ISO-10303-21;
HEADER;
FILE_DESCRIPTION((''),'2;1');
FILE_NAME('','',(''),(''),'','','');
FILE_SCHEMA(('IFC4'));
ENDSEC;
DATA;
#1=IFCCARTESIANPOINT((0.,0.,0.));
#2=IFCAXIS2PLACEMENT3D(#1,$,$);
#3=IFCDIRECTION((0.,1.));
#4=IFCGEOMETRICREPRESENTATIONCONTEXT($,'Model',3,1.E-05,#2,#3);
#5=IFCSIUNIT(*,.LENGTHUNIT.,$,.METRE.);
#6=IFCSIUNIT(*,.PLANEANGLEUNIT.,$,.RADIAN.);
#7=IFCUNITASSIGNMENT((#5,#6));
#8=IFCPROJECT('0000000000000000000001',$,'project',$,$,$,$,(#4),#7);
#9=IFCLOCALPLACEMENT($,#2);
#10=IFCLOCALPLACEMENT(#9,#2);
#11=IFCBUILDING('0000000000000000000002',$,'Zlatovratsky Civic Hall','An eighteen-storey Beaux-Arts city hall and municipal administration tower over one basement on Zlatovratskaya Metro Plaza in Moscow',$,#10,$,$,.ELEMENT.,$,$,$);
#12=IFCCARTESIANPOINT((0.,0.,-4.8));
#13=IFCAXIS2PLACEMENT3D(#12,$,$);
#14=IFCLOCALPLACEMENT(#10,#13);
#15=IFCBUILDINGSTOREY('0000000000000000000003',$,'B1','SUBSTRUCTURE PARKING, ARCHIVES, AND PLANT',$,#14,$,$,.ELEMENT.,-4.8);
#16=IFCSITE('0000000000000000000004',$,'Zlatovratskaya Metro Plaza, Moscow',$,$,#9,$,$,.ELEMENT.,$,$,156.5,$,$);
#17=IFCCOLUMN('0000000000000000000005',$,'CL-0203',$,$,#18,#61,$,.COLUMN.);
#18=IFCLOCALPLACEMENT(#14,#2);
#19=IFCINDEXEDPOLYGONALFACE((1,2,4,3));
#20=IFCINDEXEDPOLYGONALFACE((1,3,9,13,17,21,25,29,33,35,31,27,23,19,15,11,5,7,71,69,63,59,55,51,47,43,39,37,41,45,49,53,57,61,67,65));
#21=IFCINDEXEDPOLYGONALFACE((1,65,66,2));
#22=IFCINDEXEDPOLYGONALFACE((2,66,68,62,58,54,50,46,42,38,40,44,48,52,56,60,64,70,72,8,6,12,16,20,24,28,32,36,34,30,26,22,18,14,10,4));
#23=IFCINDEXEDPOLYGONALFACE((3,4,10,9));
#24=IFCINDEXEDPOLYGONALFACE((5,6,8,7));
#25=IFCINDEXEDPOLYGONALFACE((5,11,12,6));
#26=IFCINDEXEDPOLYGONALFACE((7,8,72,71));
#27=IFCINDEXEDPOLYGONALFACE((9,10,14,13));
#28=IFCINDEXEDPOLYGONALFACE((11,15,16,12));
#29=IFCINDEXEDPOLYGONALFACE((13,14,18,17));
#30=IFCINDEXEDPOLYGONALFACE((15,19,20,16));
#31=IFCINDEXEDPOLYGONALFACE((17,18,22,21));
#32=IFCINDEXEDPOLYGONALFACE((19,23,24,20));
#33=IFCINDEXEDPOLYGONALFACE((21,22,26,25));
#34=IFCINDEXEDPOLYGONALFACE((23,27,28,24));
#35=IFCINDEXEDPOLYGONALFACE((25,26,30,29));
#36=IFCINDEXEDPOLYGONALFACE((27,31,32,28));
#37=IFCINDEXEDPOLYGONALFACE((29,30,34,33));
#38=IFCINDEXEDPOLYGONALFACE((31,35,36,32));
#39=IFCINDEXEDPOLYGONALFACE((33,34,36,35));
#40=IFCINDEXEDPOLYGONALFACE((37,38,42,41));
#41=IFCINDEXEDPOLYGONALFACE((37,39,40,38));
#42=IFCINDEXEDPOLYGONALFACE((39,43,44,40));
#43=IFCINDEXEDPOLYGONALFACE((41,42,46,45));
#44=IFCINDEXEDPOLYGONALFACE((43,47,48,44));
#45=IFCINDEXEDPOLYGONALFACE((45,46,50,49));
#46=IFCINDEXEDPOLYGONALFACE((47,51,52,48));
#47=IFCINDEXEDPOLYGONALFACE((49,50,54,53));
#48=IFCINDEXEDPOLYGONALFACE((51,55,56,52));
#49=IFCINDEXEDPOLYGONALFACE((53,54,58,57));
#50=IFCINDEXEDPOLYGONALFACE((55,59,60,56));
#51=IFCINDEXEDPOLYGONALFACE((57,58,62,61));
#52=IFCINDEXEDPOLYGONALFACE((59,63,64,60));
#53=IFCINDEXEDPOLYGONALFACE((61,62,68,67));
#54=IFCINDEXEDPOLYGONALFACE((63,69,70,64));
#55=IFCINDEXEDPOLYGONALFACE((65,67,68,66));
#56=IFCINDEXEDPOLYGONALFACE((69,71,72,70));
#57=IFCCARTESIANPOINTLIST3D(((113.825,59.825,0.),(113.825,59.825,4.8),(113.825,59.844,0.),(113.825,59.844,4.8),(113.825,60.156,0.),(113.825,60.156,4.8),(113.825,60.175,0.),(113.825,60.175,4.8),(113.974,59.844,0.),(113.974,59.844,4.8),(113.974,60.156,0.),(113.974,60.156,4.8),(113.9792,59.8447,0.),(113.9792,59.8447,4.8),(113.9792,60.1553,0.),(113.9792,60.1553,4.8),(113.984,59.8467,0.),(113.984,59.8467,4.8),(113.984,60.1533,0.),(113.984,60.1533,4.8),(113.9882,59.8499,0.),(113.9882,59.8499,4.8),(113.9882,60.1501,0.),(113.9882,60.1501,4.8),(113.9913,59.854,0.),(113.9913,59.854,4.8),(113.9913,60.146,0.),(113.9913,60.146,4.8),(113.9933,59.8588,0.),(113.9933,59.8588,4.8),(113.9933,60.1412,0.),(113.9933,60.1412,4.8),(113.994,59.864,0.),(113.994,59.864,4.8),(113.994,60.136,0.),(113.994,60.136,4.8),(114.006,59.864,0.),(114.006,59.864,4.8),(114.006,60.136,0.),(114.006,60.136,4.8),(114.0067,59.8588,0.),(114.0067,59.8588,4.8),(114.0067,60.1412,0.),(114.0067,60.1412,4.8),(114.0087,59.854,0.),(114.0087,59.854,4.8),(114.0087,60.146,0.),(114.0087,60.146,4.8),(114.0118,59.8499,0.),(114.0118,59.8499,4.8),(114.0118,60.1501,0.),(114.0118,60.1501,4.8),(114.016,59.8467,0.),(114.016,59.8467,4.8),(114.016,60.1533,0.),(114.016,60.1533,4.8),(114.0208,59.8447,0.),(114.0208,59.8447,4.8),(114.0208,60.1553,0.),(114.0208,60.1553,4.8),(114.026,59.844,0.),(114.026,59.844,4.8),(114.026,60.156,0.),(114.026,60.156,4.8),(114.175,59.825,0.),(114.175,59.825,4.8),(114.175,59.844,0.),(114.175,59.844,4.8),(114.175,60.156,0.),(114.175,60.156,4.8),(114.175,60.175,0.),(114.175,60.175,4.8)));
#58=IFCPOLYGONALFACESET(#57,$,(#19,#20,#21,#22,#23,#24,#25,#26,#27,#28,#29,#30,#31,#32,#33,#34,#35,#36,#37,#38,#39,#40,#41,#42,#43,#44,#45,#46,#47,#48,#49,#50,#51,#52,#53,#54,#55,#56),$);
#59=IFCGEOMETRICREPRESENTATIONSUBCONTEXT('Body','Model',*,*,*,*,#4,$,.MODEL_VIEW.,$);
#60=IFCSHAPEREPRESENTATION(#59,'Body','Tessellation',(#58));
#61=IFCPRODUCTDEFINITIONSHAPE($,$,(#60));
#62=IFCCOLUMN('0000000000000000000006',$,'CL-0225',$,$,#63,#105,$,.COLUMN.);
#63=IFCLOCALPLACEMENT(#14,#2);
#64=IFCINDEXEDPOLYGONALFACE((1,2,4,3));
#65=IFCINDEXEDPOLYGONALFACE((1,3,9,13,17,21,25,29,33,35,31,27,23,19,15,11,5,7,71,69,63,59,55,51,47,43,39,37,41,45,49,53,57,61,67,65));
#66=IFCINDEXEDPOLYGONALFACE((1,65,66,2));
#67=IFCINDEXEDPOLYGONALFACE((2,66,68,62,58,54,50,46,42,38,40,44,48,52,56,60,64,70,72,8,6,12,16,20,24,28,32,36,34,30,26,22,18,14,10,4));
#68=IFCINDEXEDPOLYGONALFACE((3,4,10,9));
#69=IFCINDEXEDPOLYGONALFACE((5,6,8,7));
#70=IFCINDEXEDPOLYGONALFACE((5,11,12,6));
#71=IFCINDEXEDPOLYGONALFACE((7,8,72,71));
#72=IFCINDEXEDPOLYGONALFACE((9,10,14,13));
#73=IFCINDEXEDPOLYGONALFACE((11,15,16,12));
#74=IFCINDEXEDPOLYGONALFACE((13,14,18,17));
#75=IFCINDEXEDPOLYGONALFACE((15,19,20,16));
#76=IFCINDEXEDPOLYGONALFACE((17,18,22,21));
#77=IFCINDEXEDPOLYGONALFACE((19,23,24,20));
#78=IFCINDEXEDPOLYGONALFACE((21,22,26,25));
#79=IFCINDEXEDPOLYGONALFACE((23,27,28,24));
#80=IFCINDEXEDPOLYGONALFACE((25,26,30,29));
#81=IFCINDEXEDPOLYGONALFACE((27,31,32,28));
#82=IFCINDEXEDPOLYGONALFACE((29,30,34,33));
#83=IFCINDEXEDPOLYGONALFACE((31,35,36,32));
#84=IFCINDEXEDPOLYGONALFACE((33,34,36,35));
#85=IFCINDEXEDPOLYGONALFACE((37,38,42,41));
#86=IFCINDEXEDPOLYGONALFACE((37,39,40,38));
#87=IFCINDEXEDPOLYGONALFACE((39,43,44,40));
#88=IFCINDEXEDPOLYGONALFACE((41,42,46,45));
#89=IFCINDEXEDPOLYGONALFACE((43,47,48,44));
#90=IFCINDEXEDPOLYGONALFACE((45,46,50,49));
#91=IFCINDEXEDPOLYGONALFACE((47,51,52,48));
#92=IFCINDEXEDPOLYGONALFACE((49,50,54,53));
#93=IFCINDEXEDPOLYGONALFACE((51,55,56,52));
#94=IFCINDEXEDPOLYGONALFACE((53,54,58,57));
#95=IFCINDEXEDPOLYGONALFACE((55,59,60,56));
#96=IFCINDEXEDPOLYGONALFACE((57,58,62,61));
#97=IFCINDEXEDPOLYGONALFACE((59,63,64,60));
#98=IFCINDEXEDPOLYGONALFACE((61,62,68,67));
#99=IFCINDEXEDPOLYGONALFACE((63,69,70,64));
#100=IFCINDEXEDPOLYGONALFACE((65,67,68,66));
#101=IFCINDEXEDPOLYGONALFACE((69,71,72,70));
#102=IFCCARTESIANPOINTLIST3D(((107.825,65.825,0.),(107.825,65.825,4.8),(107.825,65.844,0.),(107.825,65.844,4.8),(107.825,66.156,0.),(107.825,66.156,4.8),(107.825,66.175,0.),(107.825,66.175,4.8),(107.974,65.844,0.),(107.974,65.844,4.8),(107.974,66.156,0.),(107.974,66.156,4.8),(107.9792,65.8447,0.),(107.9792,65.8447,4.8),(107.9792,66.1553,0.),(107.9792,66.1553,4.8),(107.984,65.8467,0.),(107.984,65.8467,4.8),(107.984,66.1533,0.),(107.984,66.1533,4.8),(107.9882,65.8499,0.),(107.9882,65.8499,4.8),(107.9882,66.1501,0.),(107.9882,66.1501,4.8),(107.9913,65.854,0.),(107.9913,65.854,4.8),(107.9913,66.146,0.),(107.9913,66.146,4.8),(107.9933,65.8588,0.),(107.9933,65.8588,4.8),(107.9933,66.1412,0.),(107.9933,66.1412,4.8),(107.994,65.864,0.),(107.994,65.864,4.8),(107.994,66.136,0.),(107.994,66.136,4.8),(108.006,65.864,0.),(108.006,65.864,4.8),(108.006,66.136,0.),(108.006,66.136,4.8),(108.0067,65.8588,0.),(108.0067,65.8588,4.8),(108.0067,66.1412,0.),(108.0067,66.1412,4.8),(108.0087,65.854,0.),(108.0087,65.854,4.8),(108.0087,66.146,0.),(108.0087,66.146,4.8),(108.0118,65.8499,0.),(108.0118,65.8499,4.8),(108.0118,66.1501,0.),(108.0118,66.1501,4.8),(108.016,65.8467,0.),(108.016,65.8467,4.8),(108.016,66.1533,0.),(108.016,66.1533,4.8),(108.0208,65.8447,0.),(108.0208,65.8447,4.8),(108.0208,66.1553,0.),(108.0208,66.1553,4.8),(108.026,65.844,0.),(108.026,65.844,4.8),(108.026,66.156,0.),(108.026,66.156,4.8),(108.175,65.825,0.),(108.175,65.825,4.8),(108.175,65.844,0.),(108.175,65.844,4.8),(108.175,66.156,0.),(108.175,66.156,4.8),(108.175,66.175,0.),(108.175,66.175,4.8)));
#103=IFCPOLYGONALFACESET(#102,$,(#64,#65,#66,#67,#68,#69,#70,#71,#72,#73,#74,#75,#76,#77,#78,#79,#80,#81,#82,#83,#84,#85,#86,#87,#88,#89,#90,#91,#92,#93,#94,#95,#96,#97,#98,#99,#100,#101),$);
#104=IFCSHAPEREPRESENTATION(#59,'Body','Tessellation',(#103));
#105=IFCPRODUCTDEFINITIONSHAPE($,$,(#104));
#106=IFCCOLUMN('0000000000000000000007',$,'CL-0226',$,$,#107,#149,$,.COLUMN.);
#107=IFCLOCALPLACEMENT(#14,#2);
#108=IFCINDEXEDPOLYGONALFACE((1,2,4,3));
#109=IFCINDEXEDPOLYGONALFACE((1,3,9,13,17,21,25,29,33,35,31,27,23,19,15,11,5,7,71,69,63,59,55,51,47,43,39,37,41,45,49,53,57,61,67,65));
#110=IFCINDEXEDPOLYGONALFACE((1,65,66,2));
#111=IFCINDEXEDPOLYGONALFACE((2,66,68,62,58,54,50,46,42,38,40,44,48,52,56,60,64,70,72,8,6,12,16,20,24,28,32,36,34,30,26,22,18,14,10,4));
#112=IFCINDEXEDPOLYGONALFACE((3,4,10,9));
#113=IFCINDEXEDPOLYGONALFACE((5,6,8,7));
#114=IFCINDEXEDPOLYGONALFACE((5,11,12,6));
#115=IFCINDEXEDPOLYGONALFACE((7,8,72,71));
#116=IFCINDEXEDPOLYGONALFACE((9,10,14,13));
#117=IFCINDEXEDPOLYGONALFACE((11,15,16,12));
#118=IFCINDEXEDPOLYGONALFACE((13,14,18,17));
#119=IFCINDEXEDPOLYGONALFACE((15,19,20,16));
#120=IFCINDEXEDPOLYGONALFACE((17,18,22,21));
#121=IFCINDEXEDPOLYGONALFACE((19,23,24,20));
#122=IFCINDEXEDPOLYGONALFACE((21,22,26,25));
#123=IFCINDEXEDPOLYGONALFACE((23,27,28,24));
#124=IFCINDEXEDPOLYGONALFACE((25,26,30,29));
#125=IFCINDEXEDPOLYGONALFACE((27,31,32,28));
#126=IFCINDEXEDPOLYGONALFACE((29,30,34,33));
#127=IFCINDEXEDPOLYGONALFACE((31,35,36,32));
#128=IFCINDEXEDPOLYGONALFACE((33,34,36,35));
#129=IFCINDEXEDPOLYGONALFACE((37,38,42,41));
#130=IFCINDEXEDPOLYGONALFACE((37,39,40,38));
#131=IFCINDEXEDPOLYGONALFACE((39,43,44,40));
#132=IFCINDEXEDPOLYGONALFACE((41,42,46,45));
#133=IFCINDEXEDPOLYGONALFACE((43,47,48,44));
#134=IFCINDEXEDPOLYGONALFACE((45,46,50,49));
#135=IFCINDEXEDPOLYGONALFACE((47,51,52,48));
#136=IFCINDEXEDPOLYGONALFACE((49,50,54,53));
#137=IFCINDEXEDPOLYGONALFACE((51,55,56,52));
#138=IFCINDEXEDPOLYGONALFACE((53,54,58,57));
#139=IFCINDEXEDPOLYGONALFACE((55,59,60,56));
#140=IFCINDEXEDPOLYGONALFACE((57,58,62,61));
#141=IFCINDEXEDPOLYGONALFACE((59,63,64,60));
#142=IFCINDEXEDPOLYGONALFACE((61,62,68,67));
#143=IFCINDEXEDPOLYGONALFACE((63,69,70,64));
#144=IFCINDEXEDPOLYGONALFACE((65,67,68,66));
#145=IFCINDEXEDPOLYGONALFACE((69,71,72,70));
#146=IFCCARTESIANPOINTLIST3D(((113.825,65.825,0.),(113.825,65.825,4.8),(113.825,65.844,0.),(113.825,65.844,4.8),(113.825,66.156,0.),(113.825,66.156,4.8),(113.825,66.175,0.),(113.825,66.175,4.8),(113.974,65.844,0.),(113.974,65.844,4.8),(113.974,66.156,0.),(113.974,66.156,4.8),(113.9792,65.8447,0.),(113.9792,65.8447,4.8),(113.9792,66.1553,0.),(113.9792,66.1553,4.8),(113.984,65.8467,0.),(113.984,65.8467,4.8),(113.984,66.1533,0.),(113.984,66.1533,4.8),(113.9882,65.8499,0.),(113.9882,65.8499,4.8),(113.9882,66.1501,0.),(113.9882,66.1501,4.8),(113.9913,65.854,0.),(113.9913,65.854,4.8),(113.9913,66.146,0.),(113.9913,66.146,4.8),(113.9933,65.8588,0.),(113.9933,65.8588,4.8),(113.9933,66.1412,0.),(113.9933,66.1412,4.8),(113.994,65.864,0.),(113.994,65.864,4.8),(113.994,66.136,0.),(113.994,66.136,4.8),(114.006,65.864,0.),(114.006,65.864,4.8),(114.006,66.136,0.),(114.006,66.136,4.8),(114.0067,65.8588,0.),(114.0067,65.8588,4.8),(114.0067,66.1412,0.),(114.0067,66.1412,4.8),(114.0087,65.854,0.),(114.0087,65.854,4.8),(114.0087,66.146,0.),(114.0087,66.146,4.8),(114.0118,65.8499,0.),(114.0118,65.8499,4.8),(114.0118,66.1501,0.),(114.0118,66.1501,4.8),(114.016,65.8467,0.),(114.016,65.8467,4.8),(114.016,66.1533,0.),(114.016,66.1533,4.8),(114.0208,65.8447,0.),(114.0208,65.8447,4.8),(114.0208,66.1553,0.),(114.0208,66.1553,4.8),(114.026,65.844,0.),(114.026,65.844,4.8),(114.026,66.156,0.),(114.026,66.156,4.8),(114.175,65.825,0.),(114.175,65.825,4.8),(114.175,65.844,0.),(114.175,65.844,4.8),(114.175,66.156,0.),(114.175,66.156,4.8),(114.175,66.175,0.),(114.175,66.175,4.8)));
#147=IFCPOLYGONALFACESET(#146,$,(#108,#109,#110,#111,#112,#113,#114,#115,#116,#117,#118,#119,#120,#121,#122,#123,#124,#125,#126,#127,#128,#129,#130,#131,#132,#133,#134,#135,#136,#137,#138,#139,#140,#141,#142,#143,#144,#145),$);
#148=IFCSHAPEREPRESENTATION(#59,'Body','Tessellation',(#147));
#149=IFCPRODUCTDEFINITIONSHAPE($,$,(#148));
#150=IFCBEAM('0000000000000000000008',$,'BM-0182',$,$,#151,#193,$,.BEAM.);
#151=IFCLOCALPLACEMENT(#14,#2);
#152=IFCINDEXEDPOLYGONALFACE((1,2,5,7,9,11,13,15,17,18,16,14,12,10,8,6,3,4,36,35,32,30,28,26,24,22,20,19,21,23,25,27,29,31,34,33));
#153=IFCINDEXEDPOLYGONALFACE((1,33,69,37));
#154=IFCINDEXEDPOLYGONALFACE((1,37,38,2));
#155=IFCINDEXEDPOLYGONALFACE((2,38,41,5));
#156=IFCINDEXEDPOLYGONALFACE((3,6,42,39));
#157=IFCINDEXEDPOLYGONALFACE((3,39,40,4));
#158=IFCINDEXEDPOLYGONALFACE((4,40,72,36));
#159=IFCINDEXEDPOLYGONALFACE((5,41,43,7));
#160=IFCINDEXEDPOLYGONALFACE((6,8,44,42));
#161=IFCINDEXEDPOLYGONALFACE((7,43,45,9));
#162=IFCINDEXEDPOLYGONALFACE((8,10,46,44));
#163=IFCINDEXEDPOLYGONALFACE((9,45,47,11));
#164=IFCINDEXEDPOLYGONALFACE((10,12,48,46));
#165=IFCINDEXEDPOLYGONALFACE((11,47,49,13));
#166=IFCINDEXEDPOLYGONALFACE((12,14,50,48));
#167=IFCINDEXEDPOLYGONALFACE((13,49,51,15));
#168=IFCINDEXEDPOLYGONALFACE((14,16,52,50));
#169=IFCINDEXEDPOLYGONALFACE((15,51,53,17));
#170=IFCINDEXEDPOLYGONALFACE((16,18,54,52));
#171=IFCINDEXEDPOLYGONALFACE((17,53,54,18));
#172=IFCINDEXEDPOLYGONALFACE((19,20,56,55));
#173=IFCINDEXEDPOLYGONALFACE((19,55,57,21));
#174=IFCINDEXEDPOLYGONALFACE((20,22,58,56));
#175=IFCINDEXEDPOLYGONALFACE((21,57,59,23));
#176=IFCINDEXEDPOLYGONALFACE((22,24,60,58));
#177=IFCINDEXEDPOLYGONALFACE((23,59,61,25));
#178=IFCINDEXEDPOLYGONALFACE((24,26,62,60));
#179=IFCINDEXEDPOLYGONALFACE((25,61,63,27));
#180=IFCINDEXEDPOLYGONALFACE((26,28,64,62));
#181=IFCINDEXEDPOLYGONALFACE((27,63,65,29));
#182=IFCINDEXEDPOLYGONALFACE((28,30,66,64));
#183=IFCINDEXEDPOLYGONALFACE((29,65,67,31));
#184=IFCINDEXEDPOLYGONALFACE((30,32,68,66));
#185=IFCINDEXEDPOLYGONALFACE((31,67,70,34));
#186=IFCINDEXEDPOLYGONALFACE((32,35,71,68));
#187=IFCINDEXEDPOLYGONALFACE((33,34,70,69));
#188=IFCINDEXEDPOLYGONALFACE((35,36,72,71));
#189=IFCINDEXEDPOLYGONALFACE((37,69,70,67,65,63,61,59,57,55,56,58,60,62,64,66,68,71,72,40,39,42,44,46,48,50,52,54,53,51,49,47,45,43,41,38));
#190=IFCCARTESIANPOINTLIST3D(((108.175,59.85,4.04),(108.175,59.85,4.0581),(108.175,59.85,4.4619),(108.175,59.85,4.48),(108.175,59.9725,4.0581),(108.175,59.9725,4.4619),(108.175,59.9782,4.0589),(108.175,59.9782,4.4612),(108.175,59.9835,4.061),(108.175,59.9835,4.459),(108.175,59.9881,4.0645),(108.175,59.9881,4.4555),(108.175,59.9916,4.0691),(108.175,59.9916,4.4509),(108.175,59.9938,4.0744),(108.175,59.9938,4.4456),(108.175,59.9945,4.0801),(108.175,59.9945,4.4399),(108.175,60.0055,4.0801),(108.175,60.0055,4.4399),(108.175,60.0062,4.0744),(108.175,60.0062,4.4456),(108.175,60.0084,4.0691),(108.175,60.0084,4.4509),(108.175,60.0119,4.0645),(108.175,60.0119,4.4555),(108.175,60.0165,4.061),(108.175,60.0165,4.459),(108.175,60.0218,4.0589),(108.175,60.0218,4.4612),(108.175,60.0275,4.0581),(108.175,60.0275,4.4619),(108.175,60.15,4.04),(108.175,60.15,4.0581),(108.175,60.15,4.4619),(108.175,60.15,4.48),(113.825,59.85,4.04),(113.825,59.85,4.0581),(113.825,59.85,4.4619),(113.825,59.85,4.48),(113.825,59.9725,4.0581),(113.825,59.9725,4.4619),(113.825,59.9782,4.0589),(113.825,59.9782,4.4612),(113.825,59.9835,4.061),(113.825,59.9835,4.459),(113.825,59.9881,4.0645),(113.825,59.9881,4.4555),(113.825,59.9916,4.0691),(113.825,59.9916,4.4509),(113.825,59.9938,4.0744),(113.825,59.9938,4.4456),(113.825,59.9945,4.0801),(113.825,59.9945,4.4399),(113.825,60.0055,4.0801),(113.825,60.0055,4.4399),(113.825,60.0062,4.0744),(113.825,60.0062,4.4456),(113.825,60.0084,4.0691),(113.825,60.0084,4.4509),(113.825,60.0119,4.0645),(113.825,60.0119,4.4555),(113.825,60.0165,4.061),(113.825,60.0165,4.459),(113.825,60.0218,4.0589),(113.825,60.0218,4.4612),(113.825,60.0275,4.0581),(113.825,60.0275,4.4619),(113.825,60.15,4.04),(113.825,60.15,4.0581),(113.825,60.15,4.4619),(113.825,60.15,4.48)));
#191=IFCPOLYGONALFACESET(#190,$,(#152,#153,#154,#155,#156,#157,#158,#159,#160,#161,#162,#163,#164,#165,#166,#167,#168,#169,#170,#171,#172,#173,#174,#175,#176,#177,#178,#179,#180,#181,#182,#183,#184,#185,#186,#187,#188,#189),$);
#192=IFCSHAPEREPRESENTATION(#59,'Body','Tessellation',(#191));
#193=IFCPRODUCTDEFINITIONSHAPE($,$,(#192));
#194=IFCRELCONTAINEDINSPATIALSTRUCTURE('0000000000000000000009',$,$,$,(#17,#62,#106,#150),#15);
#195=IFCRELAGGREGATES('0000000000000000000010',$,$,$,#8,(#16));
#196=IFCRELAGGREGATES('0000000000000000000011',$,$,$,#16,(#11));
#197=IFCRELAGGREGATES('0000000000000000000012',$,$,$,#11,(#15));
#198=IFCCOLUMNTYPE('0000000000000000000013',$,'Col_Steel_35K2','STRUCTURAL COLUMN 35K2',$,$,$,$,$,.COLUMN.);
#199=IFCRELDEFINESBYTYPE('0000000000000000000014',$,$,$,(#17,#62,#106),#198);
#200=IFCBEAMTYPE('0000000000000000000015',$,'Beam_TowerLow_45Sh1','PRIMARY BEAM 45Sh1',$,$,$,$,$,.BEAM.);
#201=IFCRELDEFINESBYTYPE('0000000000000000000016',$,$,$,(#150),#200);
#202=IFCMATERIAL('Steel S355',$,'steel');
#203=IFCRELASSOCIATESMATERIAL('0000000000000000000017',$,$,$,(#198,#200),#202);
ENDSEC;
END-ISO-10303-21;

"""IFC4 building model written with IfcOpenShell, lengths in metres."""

from ifc_helpers import new_model, si_unit, direction, frame, origin, origin_2d, place, context, subcontext, project, spatial, i_section, extrude, material, material_profile, profile_set, type_object, element, save


model = new_model("IFC4")

# Units and contexts
model_context = context("Model", 3, precision=1e-05, world=origin(), true_north=direction((0.0, 1.0)))
body_context = subcontext(model_context, "Body", "Model", "MODEL_VIEW")
ifc_project = project(units=[si_unit("LENGTHUNIT", "METRE"), si_unit("PLANEANGLEUNIT", "RADIAN")], contexts=[model_context])

# Site, building, storey
site_placement = place(None, origin())
site = spatial("IfcSite", under=ifc_project, at=site_placement, Name="Zlatovratskaya Metro Plaza, Moscow", CompositionType="ELEMENT", RefElevation=156.5)
building_placement = place(site_placement, origin())
building = spatial("IfcBuilding", under=site, at=building_placement, Name="Zlatovratsky Civic Hall", Description="An eighteen-storey Beaux-Arts city hall and municipal administration tower over one basement on Zlatovratskaya Metro Plaza in Moscow", CompositionType="ELEMENT")
storey_placement = place(building_placement, frame((0.0, 0.0, -4.8)))
storey = spatial("IfcBuildingStorey", under=building, at=storey_placement, Name="B1", Description="SUBSTRUCTURE PARKING, ARCHIVES, AND PLANT", CompositionType="ELEMENT", Elevation=-4.8)

# Columns
ifc_material_1 = material(Name="Steel S355", Category="steel")
ifc_material_profile_1 = material_profile(ifc_material_1, i_section(OverallWidth=0.3501, OverallDepth=0.3501, WebThickness=0.012, FlangeThickness=0.019, FilletRadius=0.02, at=origin_2d()), Name="35K2")
ifc_profile_set_1 = profile_set([ifc_material_profile_1], Name="Steel S355")
column_type_1 = type_object("IfcColumnType", Name="Col_Steel_35K2", Description="STRUCTURAL COLUMN 35K2", PredefinedType="COLUMN", material=ifc_profile_set_1)
for number, where, z_axis, x_axis, name in (
    (1, (114.0, 60.0, 0.0), (0.0, 0.0, 1.0), (1.0, 0.0, 0.0), "CL-0203"),
    (2, (108.0, 66.0, 0.0), (0.0, 0.0, 1.0), (1.0, 0.0, 0.0), "CL-0225"),
    (3, (114.0, 66.0, 0.0), (0.0, 0.0, 1.0), (1.0, 0.0, 0.0), "CL-0226"),
):
    element("IfcColumn", number, at=place(storey_placement, frame(where, z_axis=z_axis, x_axis=x_axis)), inside=storey, type_object=column_type_1, Name=name, PredefinedType="COLUMN", context=body_context, shape_type="SweptSolid", body=[
        extrude(i_section(OverallWidth=0.3501, OverallDepth=0.3501, WebThickness=0.012, FlangeThickness=0.019, FilletRadius=0.02, at=origin_2d()), origin(), (0.0, 0.0, 1.0), 4.8),
    ])

# Beam
ifc_material_profile_2 = material_profile(ifc_material_1, i_section(OverallWidth=0.3, OverallDepth=0.4399, WebThickness=0.011, FlangeThickness=0.0181, FilletRadius=0.022, at=origin_2d()), Name="45Sh1")
ifc_profile_set_2 = profile_set([ifc_material_profile_2], Name="Steel S355")
beam_type = type_object("IfcBeamType", Name="Beam_TowerLow_45Sh1", Description="PRIMARY BEAM 45Sh1", PredefinedType="BEAM", material=ifc_profile_set_2)
for number, where, z_axis, x_axis, name in (
    (4, (108.175, 60.0, 4.26), (1.0, 0.0, 0.0), (0.0, 1.0, 0.0), "BM-0182"),
):
    element("IfcBeam", number, at=place(storey_placement, frame(where, z_axis=z_axis, x_axis=x_axis)), inside=storey, type_object=beam_type, Name=name, PredefinedType="BEAM", context=body_context, shape_type="SweptSolid", body=[
        extrude(i_section(OverallWidth=0.3, OverallDepth=0.4399, WebThickness=0.011, FlangeThickness=0.0181, FilletRadius=0.022, at=origin_2d()), origin(), (0.0, 0.0, 1.0), 5.6499),
    ])

save(model, "model.ifc")
